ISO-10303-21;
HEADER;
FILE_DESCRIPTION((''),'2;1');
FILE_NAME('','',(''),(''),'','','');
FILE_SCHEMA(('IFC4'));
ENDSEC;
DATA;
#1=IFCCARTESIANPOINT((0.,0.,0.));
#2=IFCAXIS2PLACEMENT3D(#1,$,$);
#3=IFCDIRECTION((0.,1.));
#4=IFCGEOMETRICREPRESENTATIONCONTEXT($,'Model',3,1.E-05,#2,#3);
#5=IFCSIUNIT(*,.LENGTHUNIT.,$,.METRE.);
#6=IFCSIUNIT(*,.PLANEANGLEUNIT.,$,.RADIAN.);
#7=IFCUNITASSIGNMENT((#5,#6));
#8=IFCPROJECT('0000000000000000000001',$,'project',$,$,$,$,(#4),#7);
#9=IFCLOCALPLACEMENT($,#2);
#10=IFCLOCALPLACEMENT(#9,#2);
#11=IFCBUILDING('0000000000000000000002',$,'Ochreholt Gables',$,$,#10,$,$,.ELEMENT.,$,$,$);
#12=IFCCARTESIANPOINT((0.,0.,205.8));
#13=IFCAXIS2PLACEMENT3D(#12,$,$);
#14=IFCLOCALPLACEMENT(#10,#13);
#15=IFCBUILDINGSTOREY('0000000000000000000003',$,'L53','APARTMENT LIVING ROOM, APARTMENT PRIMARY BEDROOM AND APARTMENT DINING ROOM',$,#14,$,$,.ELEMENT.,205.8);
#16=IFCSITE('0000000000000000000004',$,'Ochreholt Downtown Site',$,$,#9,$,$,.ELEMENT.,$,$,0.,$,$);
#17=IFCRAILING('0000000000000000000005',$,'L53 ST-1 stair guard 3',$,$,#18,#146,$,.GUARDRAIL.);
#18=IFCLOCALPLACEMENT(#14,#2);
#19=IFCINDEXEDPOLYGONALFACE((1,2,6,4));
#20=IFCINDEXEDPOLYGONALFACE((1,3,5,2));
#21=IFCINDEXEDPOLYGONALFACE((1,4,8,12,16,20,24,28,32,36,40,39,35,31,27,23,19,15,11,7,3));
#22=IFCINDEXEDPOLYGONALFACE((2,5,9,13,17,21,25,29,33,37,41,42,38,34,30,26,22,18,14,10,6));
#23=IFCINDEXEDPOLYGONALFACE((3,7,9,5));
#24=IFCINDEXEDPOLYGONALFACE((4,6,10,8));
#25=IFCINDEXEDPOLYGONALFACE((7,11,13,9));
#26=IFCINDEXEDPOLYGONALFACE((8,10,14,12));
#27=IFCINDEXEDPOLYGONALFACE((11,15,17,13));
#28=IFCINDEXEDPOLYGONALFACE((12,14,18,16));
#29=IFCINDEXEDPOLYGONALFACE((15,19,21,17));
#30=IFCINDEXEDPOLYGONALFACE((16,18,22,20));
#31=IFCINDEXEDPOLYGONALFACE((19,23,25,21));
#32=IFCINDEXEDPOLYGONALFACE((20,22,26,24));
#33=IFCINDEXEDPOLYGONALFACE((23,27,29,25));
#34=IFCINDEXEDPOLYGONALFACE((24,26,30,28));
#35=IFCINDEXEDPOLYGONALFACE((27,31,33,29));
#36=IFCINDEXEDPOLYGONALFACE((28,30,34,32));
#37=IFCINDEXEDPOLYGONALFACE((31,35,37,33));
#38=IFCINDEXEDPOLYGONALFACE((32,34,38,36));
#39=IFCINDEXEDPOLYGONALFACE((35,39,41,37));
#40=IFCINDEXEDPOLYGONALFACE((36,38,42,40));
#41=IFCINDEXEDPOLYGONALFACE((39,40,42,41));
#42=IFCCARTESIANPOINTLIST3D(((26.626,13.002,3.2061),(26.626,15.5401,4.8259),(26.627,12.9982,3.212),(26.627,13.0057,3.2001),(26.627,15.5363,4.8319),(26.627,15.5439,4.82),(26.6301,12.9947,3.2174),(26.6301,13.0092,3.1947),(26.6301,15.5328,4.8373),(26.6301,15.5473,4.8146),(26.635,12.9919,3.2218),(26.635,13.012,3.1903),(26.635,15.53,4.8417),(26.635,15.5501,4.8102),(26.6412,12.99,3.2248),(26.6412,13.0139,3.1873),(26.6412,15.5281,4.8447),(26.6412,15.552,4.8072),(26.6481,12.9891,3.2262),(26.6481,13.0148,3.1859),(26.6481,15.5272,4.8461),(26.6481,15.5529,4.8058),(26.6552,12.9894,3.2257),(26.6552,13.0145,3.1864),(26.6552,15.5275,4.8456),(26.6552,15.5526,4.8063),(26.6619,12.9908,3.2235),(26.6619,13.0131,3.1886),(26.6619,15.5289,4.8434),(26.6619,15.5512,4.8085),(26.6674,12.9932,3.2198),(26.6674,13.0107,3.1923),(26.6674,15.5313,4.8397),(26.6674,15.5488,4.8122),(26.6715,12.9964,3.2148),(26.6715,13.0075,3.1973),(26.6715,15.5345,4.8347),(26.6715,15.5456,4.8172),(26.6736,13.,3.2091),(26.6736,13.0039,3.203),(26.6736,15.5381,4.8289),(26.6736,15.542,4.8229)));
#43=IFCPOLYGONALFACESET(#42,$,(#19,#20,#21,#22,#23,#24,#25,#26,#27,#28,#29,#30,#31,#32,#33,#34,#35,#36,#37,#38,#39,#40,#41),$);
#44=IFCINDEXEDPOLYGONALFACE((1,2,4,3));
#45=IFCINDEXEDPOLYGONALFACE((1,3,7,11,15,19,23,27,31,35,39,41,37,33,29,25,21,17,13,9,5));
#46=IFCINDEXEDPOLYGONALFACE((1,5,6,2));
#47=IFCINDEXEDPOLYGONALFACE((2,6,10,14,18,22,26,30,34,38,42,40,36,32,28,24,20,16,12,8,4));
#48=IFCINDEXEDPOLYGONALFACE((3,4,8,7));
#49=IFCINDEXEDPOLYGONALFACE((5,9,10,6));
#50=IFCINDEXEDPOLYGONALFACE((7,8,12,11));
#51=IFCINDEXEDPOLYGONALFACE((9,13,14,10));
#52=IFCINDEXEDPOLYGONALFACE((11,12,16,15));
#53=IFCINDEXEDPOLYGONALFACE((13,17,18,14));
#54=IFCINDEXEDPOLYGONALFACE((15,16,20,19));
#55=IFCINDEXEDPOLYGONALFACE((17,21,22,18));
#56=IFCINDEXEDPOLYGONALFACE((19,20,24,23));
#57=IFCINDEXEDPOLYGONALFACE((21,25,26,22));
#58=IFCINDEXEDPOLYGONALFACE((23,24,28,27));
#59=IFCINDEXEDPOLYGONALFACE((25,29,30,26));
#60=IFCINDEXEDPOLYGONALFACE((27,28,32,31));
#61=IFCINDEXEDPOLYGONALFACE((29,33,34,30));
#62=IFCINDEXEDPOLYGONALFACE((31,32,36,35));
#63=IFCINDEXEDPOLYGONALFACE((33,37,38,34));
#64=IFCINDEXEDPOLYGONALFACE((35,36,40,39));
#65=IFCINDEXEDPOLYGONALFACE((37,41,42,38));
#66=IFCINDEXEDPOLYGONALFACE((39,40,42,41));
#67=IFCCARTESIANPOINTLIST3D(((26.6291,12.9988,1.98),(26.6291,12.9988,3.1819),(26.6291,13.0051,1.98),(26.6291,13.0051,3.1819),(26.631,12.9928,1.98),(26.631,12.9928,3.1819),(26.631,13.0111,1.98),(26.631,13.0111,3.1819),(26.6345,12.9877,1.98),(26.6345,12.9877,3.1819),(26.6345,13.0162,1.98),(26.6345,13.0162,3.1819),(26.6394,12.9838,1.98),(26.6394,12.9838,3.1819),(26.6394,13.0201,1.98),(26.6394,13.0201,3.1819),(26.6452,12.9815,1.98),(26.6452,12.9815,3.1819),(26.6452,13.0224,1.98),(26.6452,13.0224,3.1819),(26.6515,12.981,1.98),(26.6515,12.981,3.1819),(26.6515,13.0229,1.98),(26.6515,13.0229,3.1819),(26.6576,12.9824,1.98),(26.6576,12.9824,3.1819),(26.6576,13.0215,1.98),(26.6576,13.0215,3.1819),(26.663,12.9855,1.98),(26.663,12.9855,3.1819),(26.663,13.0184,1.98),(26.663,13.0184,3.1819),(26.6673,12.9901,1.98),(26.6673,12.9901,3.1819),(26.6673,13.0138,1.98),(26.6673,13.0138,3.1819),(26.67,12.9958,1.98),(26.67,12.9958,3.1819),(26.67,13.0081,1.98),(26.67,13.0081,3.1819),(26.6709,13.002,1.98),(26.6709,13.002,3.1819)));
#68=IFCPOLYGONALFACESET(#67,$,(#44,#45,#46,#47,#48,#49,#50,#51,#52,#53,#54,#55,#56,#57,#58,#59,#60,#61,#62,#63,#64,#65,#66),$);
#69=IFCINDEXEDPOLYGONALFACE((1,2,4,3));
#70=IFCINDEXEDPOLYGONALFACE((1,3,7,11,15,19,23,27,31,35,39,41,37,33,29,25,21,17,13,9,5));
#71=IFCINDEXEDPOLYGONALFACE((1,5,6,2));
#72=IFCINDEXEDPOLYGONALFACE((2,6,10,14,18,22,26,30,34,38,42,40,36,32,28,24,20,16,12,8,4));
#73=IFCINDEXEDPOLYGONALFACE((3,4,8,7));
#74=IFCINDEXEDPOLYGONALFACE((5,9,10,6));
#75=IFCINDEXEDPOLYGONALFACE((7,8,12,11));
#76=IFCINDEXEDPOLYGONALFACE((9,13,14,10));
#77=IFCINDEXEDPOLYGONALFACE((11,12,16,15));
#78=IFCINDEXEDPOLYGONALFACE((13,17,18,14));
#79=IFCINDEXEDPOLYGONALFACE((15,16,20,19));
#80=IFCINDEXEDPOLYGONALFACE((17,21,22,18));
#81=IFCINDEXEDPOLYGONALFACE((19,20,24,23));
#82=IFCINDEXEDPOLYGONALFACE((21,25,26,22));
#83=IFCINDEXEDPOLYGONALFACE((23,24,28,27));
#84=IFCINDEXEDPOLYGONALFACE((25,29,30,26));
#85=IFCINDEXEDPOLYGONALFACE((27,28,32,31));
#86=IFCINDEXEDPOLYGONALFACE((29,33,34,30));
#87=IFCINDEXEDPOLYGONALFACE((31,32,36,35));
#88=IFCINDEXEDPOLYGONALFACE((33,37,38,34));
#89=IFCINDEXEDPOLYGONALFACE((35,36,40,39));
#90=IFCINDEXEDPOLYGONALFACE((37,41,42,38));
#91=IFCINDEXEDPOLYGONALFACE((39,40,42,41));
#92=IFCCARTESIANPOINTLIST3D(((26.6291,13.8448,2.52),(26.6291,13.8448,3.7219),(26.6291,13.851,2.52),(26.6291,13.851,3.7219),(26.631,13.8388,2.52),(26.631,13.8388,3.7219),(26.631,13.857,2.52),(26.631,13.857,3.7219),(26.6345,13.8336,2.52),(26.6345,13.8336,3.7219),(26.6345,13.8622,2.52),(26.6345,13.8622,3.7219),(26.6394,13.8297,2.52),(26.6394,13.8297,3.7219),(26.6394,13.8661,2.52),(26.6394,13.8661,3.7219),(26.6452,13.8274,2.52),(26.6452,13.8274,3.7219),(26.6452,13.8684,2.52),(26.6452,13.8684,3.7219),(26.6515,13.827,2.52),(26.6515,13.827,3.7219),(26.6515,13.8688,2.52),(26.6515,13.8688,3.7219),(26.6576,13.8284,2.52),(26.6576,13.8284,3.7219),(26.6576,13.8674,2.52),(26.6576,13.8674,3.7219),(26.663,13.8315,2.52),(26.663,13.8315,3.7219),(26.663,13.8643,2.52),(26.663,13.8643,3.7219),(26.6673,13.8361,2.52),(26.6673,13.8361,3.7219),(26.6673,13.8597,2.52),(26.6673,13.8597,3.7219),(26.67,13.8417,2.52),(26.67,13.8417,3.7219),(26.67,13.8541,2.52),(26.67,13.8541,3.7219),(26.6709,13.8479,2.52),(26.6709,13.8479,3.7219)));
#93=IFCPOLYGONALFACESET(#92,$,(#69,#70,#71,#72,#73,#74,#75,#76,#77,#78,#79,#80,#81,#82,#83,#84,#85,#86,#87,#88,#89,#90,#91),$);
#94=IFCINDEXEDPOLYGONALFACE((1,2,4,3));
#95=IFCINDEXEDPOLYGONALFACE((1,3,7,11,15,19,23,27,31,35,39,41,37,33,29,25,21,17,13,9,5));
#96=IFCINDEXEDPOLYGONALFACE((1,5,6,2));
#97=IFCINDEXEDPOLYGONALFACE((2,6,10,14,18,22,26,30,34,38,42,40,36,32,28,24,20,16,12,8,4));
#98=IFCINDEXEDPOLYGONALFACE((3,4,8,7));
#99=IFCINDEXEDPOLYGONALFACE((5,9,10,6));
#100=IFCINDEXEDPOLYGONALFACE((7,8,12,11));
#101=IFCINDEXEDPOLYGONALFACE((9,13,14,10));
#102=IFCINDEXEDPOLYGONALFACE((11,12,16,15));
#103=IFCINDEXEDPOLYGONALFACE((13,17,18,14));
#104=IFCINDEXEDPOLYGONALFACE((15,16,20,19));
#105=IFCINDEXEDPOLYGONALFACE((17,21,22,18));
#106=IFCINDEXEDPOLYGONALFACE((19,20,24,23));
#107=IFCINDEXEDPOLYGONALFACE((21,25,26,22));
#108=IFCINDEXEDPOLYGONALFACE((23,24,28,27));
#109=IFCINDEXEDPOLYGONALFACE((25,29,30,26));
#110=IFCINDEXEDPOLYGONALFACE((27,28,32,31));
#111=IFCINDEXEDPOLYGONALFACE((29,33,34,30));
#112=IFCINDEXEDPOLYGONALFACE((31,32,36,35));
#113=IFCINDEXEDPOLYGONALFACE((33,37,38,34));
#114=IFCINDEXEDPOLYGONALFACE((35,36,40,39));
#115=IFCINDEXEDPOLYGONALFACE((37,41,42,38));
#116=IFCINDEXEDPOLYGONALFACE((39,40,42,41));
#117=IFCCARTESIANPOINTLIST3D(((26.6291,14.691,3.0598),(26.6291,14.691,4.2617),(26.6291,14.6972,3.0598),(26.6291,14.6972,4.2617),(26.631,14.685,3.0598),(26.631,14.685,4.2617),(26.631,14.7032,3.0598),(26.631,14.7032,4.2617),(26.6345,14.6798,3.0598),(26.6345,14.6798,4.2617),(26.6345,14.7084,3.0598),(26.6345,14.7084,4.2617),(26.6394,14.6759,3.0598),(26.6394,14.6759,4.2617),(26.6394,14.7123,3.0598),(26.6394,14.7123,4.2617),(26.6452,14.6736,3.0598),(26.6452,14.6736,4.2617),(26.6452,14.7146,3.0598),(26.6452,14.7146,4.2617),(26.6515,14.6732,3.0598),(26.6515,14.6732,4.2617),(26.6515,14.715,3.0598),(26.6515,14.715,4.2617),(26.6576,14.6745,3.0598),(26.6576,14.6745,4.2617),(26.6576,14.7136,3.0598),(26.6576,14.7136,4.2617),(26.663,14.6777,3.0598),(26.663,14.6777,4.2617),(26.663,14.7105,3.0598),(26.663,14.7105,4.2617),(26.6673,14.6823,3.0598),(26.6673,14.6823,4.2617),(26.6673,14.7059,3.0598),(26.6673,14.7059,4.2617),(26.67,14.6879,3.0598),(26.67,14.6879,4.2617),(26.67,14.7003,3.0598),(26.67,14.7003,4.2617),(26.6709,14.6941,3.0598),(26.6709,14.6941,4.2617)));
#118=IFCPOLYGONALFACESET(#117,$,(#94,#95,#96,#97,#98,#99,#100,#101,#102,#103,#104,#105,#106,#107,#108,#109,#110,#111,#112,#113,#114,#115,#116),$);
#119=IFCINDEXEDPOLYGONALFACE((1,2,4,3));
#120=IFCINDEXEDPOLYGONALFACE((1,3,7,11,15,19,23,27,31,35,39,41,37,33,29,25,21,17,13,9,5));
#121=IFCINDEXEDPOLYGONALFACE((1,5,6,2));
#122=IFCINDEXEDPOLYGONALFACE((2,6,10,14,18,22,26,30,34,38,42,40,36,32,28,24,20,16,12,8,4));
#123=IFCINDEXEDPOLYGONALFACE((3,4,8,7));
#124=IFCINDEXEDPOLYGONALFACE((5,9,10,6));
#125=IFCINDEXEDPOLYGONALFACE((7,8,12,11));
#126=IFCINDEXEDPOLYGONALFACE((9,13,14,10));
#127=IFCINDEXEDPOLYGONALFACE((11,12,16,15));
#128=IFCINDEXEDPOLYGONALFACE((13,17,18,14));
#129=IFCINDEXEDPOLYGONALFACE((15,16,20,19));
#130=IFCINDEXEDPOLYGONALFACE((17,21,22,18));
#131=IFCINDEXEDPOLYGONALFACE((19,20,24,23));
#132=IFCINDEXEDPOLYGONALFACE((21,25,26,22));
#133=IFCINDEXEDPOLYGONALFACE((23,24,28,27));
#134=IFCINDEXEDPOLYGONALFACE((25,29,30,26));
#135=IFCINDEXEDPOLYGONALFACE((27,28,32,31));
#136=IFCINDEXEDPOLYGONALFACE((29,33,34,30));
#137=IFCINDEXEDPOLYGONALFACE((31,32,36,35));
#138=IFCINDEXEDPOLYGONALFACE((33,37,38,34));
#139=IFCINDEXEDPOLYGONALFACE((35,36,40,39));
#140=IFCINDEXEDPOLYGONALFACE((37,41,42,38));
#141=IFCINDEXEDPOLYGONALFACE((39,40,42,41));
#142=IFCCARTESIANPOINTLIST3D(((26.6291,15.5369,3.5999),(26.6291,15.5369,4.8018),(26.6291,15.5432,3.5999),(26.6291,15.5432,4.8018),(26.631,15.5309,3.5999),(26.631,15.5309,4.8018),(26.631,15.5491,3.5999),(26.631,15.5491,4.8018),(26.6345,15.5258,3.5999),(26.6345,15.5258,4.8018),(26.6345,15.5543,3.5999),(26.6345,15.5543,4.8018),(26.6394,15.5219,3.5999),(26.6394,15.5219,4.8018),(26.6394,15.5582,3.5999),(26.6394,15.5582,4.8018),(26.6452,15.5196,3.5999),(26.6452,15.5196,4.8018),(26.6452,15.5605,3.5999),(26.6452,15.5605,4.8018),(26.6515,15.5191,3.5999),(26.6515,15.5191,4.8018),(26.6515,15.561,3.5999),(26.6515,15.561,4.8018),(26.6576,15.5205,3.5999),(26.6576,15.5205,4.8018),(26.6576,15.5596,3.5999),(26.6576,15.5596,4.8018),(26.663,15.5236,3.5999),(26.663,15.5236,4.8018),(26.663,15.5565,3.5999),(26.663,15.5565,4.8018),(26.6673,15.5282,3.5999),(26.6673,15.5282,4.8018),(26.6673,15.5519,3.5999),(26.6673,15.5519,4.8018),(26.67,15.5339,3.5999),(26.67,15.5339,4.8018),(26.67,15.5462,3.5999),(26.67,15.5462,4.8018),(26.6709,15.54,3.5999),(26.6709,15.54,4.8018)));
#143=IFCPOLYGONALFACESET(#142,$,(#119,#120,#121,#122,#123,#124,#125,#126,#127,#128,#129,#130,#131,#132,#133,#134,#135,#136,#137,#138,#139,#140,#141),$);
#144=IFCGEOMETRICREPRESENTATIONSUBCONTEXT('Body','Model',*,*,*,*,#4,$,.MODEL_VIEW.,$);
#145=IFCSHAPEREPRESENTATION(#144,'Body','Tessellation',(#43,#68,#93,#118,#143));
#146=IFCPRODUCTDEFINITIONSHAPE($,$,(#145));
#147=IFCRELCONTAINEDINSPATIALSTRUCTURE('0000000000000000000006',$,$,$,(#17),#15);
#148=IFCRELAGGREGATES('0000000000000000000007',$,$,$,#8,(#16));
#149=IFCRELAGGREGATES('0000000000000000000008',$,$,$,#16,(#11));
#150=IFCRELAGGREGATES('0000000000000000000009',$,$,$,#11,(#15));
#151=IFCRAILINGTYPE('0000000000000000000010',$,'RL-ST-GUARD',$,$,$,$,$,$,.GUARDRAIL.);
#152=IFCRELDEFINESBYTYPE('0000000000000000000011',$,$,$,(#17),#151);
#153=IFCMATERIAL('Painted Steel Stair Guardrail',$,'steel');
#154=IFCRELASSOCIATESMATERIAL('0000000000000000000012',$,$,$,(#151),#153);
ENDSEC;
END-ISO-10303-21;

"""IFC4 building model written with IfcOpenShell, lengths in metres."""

from ifc_helpers import new_model, si_unit, direction, frame, origin, origin_2d, place, context, subcontext, project, spatial, circle, extrude, material, type_object, element, save


model = new_model("IFC4")

# Units and contexts
model_context = context("Model", 3, precision=1e-05, world=origin(), true_north=direction((0.0, 1.0)))
body_context = subcontext(model_context, "Body", "Model", "MODEL_VIEW")
ifc_project = project(units=[si_unit("LENGTHUNIT", "METRE"), si_unit("PLANEANGLEUNIT", "RADIAN")], contexts=[model_context])

# Site, building, storey
site_placement = place(None, origin())
site = spatial("IfcSite", under=ifc_project, at=site_placement, Name="Ochreholt Downtown Site", CompositionType="ELEMENT", RefElevation=0.0)
building_placement = place(site_placement, origin())
building = spatial("IfcBuilding", under=site, at=building_placement, Name="Ochreholt Gables", CompositionType="ELEMENT")
storey_placement = place(building_placement, frame((0.0, 0.0, 205.8)))
storey = spatial("IfcBuildingStorey", under=building, at=storey_placement, Name="L53", Description="APARTMENT LIVING ROOM, APARTMENT PRIMARY BEDROOM AND APARTMENT DINING ROOM", CompositionType="ELEMENT", Elevation=205.8)

# Railing
ifc_material_1 = material(Name="Painted Steel Stair Guardrail", Category="steel")
railing_type_1 = type_object("IfcRailingType", Name="RL-ST-GUARD", PredefinedType="GUARDRAIL", material=ifc_material_1)
railing_1_placement = place(storey_placement, frame((26.6499, 13.002, 1.98)))
element("IfcRailing", 1, at=railing_1_placement, inside=storey, type_object=railing_type_1, Name="L53 ST-1 stair guard 3", PredefinedType="GUARDRAIL", context=body_context, shape_type="SweptSolid", body=[
    extrude(circle(Radius=0.0239, at=origin_2d()), frame((0.0, 0.0, 1.2261), z_axis=(0.0, 0.84295, 0.537993), x_axis=(-1.0, 0.0, 0.0)), (0.0, 0.0, 1.0), 3.011),
    extrude(circle(Radius=0.021, at=origin_2d()), origin(), (0.0, 0.0, 1.0), 1.2019),
    extrude(circle(Radius=0.021, at=origin_2d()), frame((0.0, 0.8459, 0.54)), (0.0, 0.0, 1.0), 1.2019),
    extrude(circle(Radius=0.021, at=origin_2d()), frame((0.0, 1.6921, 1.0798)), (0.0, 0.0, 1.0), 1.2019),
    extrude(circle(Radius=0.021, at=origin_2d()), frame((0.0, 2.5381, 1.6199)), (0.0, 0.0, 1.0), 1.2019),
])

save(model, "model.ifc")
